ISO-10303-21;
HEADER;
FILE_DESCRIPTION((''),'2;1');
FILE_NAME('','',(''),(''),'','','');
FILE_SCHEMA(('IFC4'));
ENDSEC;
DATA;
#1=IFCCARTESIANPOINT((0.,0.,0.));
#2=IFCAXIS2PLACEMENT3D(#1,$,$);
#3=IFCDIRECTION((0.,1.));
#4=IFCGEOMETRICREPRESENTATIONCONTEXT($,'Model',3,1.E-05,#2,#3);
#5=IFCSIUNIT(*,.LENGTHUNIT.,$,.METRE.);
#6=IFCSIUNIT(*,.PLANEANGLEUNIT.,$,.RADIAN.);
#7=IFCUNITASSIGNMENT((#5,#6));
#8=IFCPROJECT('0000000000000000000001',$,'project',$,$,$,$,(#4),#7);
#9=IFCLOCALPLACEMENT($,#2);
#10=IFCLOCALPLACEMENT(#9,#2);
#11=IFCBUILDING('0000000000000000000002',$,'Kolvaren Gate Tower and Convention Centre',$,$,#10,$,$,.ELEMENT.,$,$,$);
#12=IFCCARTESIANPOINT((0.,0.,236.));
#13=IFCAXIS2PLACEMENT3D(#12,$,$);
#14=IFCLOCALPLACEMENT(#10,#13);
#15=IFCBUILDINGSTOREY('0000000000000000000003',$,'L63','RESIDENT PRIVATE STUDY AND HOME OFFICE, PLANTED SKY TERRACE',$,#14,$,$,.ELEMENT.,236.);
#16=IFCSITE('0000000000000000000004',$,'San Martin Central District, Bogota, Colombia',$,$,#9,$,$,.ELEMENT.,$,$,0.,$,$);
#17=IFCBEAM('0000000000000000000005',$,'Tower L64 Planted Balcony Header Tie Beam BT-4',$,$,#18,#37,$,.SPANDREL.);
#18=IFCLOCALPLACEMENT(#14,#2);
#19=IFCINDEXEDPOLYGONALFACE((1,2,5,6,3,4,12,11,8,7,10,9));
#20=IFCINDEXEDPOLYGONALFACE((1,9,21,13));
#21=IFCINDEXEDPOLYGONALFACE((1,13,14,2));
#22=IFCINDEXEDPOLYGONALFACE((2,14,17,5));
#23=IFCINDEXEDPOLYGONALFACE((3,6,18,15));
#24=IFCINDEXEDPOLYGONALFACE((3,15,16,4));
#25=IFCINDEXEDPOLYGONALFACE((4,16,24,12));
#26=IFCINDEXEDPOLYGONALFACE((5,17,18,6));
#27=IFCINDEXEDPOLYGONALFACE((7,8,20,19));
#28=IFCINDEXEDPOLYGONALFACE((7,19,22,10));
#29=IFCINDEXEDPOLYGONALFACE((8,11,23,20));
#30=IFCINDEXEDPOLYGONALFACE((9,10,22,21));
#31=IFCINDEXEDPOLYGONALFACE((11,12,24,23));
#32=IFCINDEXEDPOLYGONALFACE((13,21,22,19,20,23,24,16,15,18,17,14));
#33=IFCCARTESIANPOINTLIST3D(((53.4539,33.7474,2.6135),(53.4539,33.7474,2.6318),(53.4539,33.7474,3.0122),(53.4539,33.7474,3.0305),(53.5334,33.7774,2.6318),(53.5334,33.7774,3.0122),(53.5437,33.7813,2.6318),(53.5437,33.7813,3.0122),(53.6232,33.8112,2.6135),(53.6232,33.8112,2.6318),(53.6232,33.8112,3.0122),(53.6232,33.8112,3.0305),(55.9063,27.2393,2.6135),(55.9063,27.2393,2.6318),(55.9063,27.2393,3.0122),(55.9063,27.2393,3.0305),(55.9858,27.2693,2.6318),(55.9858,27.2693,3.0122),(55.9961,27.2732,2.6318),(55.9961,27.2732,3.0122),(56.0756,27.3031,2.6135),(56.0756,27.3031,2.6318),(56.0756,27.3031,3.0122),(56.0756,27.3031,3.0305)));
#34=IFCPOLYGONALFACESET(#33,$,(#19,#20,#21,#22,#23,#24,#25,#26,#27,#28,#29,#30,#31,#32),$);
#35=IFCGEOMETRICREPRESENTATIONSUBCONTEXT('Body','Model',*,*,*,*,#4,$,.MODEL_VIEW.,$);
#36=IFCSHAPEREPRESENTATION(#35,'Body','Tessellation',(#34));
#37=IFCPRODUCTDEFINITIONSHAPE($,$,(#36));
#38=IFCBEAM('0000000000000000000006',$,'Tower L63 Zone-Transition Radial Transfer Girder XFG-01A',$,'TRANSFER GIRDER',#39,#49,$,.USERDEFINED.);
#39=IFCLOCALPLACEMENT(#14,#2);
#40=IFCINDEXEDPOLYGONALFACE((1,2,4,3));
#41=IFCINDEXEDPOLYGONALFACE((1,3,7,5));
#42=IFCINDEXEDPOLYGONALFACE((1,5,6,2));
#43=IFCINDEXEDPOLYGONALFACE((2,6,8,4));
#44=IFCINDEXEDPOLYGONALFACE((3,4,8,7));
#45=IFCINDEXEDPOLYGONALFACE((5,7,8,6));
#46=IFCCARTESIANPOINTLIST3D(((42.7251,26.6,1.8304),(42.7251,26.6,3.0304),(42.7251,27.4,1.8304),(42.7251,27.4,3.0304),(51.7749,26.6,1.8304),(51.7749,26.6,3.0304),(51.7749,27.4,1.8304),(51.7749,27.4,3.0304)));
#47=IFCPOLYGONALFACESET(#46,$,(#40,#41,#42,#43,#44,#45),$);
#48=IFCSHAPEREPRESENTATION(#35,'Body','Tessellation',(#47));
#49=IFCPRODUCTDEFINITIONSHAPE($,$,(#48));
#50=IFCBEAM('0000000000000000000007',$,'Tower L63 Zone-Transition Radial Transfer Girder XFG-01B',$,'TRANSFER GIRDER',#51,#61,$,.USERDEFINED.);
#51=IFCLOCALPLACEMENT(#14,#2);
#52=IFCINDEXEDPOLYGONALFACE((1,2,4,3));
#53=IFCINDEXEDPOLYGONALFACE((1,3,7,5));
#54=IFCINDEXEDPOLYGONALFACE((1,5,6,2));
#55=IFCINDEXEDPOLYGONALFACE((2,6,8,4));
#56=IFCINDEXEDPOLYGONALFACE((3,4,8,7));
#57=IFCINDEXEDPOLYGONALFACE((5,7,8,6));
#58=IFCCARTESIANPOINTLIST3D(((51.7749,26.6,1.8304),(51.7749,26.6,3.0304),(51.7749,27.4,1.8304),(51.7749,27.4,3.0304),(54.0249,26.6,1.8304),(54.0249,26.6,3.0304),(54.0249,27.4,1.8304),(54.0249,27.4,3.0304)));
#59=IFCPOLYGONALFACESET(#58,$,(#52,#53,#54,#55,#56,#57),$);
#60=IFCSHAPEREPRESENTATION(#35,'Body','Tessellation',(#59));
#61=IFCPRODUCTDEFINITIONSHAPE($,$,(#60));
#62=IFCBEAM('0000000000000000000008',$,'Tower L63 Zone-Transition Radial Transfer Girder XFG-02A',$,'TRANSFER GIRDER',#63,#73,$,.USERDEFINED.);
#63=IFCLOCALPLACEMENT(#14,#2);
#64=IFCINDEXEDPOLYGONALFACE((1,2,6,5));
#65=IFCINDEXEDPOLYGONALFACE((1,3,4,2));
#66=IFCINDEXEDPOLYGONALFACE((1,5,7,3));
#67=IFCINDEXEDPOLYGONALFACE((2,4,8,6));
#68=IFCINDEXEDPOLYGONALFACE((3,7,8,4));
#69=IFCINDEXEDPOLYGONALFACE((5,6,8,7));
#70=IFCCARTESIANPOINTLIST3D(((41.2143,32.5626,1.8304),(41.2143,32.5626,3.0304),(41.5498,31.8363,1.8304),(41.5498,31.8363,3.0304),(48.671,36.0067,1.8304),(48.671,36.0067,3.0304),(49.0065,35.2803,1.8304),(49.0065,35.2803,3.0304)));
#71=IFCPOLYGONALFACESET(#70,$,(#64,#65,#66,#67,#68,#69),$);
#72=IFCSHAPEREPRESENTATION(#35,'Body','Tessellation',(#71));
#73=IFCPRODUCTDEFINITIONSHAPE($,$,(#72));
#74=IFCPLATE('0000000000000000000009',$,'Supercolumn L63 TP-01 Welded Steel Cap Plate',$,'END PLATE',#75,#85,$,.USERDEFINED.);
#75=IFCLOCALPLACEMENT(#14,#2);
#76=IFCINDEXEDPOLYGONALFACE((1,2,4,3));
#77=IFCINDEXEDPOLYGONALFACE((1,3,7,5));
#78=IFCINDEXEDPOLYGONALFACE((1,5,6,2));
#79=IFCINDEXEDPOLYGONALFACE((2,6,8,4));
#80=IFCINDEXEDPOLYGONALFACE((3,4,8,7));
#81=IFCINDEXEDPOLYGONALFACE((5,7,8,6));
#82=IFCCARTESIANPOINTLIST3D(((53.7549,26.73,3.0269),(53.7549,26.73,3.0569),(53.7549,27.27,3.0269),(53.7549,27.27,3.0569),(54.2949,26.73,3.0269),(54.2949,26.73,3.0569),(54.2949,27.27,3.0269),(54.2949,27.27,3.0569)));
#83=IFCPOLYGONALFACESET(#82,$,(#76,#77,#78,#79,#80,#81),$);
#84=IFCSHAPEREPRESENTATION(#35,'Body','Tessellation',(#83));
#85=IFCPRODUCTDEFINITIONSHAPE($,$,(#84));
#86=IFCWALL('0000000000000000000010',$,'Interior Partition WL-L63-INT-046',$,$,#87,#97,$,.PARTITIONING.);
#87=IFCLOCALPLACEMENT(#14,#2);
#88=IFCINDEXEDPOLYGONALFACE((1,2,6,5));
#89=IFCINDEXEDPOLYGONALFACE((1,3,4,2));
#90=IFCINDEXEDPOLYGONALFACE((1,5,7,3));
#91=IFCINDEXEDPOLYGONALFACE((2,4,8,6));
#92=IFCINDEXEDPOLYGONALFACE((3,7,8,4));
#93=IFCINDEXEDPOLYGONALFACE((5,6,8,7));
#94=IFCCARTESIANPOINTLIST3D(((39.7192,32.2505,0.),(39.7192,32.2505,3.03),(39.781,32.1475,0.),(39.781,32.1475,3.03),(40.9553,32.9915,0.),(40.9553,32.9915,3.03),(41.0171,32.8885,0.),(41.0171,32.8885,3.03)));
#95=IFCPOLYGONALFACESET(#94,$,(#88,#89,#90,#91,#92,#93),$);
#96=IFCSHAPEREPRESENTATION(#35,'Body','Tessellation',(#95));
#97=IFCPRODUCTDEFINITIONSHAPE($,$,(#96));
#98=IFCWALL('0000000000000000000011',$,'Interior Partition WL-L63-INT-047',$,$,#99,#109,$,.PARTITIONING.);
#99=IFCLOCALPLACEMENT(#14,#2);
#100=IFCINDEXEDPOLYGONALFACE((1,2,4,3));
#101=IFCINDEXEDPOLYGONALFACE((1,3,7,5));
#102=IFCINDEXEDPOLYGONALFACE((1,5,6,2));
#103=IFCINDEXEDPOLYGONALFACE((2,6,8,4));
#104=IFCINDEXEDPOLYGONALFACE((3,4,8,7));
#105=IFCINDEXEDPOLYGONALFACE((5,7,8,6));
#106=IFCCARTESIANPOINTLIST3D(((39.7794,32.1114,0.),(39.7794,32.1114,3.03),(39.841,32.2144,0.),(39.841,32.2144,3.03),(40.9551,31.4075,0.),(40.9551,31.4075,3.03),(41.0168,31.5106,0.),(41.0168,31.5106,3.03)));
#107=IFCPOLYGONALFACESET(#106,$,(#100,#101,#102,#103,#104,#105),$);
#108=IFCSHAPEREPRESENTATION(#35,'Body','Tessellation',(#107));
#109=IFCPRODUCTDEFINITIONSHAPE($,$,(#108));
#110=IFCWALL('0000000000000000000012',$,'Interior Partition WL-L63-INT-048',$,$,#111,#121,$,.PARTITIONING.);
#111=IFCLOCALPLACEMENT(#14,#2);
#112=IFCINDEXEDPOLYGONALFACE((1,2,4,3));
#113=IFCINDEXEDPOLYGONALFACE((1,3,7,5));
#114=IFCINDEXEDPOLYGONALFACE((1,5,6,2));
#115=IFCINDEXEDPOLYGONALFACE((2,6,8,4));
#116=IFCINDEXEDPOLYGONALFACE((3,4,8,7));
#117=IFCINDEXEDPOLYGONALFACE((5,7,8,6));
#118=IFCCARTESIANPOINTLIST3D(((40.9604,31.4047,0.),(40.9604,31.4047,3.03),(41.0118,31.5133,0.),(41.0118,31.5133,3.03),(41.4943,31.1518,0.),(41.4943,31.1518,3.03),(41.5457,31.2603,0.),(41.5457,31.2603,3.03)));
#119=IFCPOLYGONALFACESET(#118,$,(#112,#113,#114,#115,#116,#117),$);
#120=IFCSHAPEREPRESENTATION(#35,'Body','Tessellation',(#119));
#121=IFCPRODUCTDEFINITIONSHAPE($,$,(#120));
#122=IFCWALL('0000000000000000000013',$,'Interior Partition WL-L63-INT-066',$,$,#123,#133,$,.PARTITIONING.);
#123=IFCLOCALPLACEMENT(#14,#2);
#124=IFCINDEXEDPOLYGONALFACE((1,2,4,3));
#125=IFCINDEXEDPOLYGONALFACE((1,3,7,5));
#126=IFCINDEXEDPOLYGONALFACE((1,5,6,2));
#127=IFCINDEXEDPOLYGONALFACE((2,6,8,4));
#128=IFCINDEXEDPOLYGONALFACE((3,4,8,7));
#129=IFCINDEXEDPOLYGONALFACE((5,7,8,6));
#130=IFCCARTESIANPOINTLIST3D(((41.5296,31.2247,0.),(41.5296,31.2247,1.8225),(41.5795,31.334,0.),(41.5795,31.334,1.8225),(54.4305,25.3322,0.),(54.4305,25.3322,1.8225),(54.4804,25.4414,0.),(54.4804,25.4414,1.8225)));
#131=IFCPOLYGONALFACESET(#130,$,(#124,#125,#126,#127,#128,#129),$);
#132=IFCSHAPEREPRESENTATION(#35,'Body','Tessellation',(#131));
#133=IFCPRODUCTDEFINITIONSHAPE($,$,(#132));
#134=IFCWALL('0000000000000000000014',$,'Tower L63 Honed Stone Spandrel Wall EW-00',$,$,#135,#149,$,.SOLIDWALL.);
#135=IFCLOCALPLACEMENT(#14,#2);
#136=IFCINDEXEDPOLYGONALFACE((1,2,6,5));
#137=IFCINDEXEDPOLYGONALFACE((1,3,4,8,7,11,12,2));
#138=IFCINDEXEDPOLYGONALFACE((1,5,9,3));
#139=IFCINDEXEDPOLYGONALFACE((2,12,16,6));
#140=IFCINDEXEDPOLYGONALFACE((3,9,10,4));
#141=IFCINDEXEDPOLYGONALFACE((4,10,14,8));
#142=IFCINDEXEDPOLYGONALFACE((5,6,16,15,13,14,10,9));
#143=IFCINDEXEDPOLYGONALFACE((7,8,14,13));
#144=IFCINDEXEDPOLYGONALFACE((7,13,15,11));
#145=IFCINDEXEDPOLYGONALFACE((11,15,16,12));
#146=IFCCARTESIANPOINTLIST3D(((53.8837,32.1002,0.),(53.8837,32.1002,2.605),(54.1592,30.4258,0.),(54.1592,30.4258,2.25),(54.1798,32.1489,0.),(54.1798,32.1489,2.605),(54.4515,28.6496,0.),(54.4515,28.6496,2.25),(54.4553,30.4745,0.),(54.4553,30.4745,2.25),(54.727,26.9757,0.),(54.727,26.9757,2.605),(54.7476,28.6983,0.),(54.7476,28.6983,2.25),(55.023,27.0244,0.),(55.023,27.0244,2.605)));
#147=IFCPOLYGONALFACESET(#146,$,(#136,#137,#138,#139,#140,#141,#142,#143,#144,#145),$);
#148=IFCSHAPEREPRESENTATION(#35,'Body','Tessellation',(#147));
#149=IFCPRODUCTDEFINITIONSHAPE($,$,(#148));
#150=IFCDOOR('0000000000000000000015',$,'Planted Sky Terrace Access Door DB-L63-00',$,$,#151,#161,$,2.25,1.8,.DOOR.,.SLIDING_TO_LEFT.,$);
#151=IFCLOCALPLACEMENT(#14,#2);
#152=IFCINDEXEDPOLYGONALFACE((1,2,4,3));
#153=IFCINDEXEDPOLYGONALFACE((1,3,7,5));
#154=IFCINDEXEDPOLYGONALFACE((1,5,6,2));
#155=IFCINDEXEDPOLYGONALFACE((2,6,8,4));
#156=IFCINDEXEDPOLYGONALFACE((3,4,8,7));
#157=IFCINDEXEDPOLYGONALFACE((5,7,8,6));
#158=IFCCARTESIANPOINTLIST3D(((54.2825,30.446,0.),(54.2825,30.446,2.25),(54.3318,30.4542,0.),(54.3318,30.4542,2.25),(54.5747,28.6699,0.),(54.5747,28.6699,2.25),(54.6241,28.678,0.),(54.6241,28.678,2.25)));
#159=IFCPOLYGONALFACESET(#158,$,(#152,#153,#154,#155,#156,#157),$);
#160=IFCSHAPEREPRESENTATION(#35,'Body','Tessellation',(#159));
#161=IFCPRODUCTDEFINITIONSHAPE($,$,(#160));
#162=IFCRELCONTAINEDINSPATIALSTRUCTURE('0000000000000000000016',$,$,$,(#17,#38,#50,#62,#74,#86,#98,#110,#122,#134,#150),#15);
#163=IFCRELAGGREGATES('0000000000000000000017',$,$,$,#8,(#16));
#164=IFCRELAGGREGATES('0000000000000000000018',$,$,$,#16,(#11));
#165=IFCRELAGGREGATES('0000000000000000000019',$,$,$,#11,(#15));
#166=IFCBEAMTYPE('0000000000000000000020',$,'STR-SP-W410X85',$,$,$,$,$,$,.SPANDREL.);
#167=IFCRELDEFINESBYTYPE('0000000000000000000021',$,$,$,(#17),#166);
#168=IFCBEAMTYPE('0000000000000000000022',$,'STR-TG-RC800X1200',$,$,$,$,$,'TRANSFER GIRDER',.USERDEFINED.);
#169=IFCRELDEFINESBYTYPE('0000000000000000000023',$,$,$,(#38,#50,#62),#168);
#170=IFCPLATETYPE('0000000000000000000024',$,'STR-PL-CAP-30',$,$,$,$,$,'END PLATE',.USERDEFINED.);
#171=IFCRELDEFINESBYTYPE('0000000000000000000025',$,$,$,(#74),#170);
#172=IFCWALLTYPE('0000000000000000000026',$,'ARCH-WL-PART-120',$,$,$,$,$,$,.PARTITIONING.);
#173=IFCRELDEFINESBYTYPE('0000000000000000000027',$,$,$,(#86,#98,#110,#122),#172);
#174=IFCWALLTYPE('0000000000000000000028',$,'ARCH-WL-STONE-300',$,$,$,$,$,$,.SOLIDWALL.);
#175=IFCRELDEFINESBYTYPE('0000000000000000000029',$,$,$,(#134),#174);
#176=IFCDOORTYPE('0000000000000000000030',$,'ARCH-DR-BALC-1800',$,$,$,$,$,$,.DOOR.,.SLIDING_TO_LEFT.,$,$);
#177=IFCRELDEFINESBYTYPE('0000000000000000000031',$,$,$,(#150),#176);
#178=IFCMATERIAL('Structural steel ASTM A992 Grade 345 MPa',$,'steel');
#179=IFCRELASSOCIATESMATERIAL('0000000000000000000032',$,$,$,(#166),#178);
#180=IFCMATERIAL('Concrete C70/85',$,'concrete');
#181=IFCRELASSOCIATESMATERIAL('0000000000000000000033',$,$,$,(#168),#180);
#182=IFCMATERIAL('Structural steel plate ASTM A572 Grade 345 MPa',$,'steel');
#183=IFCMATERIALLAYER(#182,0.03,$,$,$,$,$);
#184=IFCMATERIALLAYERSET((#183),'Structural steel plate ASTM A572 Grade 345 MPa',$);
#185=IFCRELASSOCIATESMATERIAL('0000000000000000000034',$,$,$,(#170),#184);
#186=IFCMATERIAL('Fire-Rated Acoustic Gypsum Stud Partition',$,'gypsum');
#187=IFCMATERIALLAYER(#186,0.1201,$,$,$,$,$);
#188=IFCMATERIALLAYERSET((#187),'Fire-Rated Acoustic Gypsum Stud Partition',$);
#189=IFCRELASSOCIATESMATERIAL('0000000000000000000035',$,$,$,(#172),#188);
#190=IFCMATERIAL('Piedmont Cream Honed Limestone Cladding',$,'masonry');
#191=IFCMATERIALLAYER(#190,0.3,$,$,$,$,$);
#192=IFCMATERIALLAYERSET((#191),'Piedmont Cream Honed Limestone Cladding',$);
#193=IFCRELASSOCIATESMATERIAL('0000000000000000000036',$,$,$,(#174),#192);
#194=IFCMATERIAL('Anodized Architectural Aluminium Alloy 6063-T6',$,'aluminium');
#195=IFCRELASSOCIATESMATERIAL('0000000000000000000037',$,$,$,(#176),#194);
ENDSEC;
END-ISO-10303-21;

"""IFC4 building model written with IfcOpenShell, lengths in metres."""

from ifc_helpers import new_model, si_unit, direction, frame, frame_2d, origin, origin_2d, place, context, subcontext, project, spatial, rectangle, i_section, extrude, material, layer, layer_set, material_profile, profile_set, type_object, element, fill, save


model = new_model("IFC4")

# Units and contexts
model_context = context("Model", 3, precision=1e-05, world=origin(), true_north=direction((0.0, 1.0)))
body_context = subcontext(model_context, "Body", "Model", "MODEL_VIEW")
ifc_project = project(units=[si_unit("LENGTHUNIT", "METRE"), si_unit("PLANEANGLEUNIT", "RADIAN")], contexts=[model_context])

# Site, building, storey
site_placement = place(None, origin())
site = spatial("IfcSite", under=ifc_project, at=site_placement, Name="San Martin Central District, Bogota, Colombia", CompositionType="ELEMENT", RefElevation=0.0)
building_placement = place(site_placement, origin())
building = spatial("IfcBuilding", under=site, at=building_placement, Name="Kolvaren Gate Tower and Convention Centre", CompositionType="ELEMENT")
storey_placement = place(building_placement, frame((0.0, 0.0, 236.0)))
storey = spatial("IfcBuildingStorey", under=building, at=storey_placement, Name="L63", Description="RESIDENT PRIVATE STUDY AND HOME OFFICE, PLANTED SKY TERRACE", CompositionType="ELEMENT", Elevation=236.0)

# Beams
ifc_material_1 = material(Name="Structural steel ASTM A992 Grade 345 MPa", Category="steel")
ifc_material_profile_1 = material_profile(ifc_material_1, i_section(OverallWidth=0.1809, OverallDepth=0.417, WebThickness=0.011, FlangeThickness=0.0183, at=origin_2d()), Name="W410X85")
ifc_profile_set_1 = profile_set([ifc_material_profile_1], Name="Structural steel ASTM A992 Grade 345 MPa")
beam_type_1 = type_object("IfcBeamType", Name="STR-SP-W410X85", PredefinedType="SPANDREL", material=ifc_profile_set_1)
beam_1_placement = place(storey_placement, frame((55.991, 27.2712, 2.822), z_axis=(-0.352619, 0.935767, 0.0), x_axis=(-0.935767, -0.352619, 0.0)))
element("IfcBeam", 1, at=beam_1_placement, inside=storey, type_object=beam_type_1, Name="Tower L64 Planted Balcony Header Tie Beam BT-4", PredefinedType="SPANDREL", context=body_context, shape_type="SweptSolid", body=[
    extrude(i_section(OverallWidth=0.1809, OverallDepth=0.417, WebThickness=0.011, FlangeThickness=0.0183, at=origin_2d()), origin(), (0.0, 0.0, 1.0), 6.9548),
])
ifc_material_2 = material(Name="Concrete C70/85", Category="concrete")
ifc_material_profile_2 = material_profile(ifc_material_2, rectangle(XDim=0.8, YDim=1.2, at=origin_2d()), Name="RC-BM-800X1200")
ifc_profile_set_2 = profile_set([ifc_material_profile_2], Name="Concrete C70/85")
beam_type_2 = type_object("IfcBeamType", Name="STR-TG-RC800X1200", ElementType="TRANSFER GIRDER", PredefinedType="USERDEFINED", material=ifc_profile_set_2)
beam_2_placement = place(storey_placement, frame((42.7251, 27.0, 2.4304), z_axis=(1.0, 0.0, 0.0), x_axis=(0.0, 1.0, 0.0)))
element("IfcBeam", 2, at=beam_2_placement, inside=storey, type_object=beam_type_2, Name="Tower L63 Zone-Transition Radial Transfer Girder XFG-01A", ObjectType="TRANSFER GIRDER", PredefinedType="USERDEFINED", context=body_context, shape_type="SweptSolid", body=[
    extrude(rectangle(XDim=0.8, YDim=1.2, at=origin_2d()), origin(), (0.0, 0.0, 1.0), 9.0498),
])
beam_3_placement = place(storey_placement, frame((51.7749, 27.0, 2.4304), z_axis=(1.0, 0.0, 0.0), x_axis=(0.0, 1.0, 0.0)))
element("IfcBeam", 3, at=beam_3_placement, inside=storey, type_object=beam_type_2, Name="Tower L63 Zone-Transition Radial Transfer Girder XFG-01B", ObjectType="TRANSFER GIRDER", PredefinedType="USERDEFINED", context=body_context, shape_type="SweptSolid", body=[
    extrude(rectangle(XDim=0.8, YDim=1.2, at=origin_2d()), origin(), (0.0, 0.0, 1.0), 2.25),
])
beam_4_placement = place(storey_placement, frame((41.3821, 32.1995, 2.4304), z_axis=(0.907844, 0.419309, 0.0), x_axis=(-0.419309, 0.907844, 0.0)))
element("IfcBeam", 4, at=beam_4_placement, inside=storey, type_object=beam_type_2, Name="Tower L63 Zone-Transition Radial Transfer Girder XFG-02A", ObjectType="TRANSFER GIRDER", PredefinedType="USERDEFINED", context=body_context, shape_type="SweptSolid", body=[
    extrude(rectangle(XDim=0.8, YDim=1.2, at=origin_2d()), origin(), (0.0, 0.0, 1.0), 8.2136),
])

# Plate
ifc_material_3 = material(Name="Structural steel plate ASTM A572 Grade 345 MPa", Category="steel")
ifc_layer_1 = layer(ifc_material_3, 0.03)
ifc_layer_set_1 = layer_set([ifc_layer_1], Name="Structural steel plate ASTM A572 Grade 345 MPa")
plate_type = type_object("IfcPlateType", Name="STR-PL-CAP-30", ElementType="END PLATE", PredefinedType="USERDEFINED", material=ifc_layer_set_1)
plate_placement = place(storey_placement, frame((54.0249, 27.0, 3.0269), z_axis=(0.0, 0.0, 1.0), x_axis=(1.0, 0.0, 0.0)))
element("IfcPlate", 5, at=plate_placement, inside=storey, type_object=plate_type, Name="Supercolumn L63 TP-01 Welded Steel Cap Plate", ObjectType="END PLATE", PredefinedType="USERDEFINED", context=body_context, shape_type="SweptSolid", body=[
    extrude(rectangle(XDim=0.54, YDim=0.54, at=origin_2d()), origin(), (0.0, 0.0, 1.0), 0.03),
])

# Walls
ifc_material_4 = material(Name="Fire-Rated Acoustic Gypsum Stud Partition", Category="gypsum")
ifc_layer_2 = layer(ifc_material_4, 0.1201)
ifc_layer_set_2 = layer_set([ifc_layer_2], Name="Fire-Rated Acoustic Gypsum Stud Partition")
wall_type_1 = type_object("IfcWallType", Name="ARCH-WL-PART-120", PredefinedType="PARTITIONING", material=ifc_layer_set_2)
wall_1_placement = place(storey_placement, frame((39.75, 32.199, 0.0), z_axis=(0.0, 0.0, 1.0), x_axis=(0.857702, 0.514147, 0.0)))
element("IfcWall", 6, at=wall_1_placement, inside=storey, type_object=wall_type_1, Name="Interior Partition WL-L63-INT-046", PredefinedType="PARTITIONING", context=body_context, shape_type="SweptSolid", body=[
    extrude(rectangle(XDim=1.4412, YDim=0.1201, at=frame_2d((0.7207, 0.0))), origin(), (0.0, 0.0, 1.0), 3.03),
])
wall_2_placement = place(storey_placement, frame((39.8103, 32.1628, 0.0), z_axis=(0.0, 0.0, 1.0), x_axis=(0.858011, -0.513631, 0.0)))
element("IfcWall", 7, at=wall_2_placement, inside=storey, type_object=wall_type_1, Name="Interior Partition WL-L63-INT-047", PredefinedType="PARTITIONING", context=body_context, shape_type="SweptSolid", body=[
    extrude(rectangle(XDim=1.3704, YDim=0.1201, at=frame_2d((0.6851, 0.0))), origin(), (0.0, 0.0, 1.0), 3.03),
])
wall_3_placement = place(storey_placement, frame((40.9861, 31.459, 0.0), z_axis=(0.0, 0.0, 1.0), x_axis=(0.903729, -0.428104, 0.0)))
element("IfcWall", 8, at=wall_3_placement, inside=storey, type_object=wall_type_1, Name="Interior Partition WL-L63-INT-048", PredefinedType="PARTITIONING", context=body_context, shape_type="SweptSolid", body=[
    extrude(rectangle(XDim=0.5908, YDim=0.1201, at=frame_2d((0.2954, 0.0))), origin(), (0.0, 0.0, 1.0), 3.03),
])
wall_4_placement = place(storey_placement, frame((41.5547, 31.2793, 0.0), z_axis=(0.0, 0.0, 1.0), x_axis=(0.909607, -0.41547, 0.0)))
element("IfcWall", 9, at=wall_4_placement, inside=storey, type_object=wall_type_1, Name="Interior Partition WL-L63-INT-066", PredefinedType="PARTITIONING", context=body_context, shape_type="SweptSolid", body=[
    extrude(rectangle(XDim=14.1829, YDim=0.1201, at=frame_2d((7.0913, 0.0))), origin(), (0.0, 0.0, 1.0), 1.8225),
])

# Wall, opening, door
ifc_material_5 = material(Name="Piedmont Cream Honed Limestone Cladding", Category="masonry")
ifc_layer_3 = layer(ifc_material_5, 0.3)
ifc_layer_set_3 = layer_set([ifc_layer_3], Name="Piedmont Cream Honed Limestone Cladding")
wall_type_2 = type_object("IfcWallType", Name="ARCH-WL-STONE-300", PredefinedType="SOLIDWALL", material=ifc_layer_set_3)
wall_5_placement = place(storey_placement, frame((54.0317, 32.1245, 0.0), z_axis=(0.0, 0.0, 1.0), x_axis=(0.162371, -0.98673, 0.0)))
wall_5 = element("IfcWall", 10, at=wall_5_placement, inside=storey, type_object=wall_type_2, Name="Tower L63 Honed Stone Spandrel Wall EW-00", PredefinedType="SOLIDWALL", context=body_context, shape_type="SweptSolid", body=[
    extrude(rectangle(XDim=5.1934, YDim=0.3, at=frame_2d((2.5967, 0.0))), origin(), (0.0, 0.0, 1.0), 2.605),
])
opening_placement = place(wall_5_placement, frame((1.697, 0.0, 0.0)))
opening = element("IfcOpeningElement", 11, at=opening_placement, cuts=wall_5, PredefinedType="OPENING", context=body_context, shape_type="SweptSolid", body=[
    extrude(rectangle(XDim=1.8, YDim=2.25, at=frame_2d((0.8999, 1.125))), frame((0.0, 0.1599, 0.0), z_axis=(0.0, -1.0, 0.0), x_axis=(1.0, 0.0, 0.0)), (0.0, 0.0, 1.0), 0.3201),
])
ifc_material_6 = material(Name="Anodized Architectural Aluminium Alloy 6063-T6", Category="aluminium")
door_type = type_object("IfcDoorType", Name="ARCH-DR-BALC-1800", OperationType="SLIDING_TO_LEFT", PredefinedType="DOOR", material=ifc_material_6)
door_placement = place(opening_placement, origin())
door = element("IfcDoor", 12, at=door_placement, inside=storey, type_object=door_type, Name="Planted Sky Terrace Access Door DB-L63-00", OperationType="SLIDING_TO_LEFT", OverallHeight=2.25, OverallWidth=1.8, PredefinedType="DOOR", context=body_context, shape_type="SweptSolid", body=[
    extrude(rectangle(XDim=1.8, YDim=2.25, at=frame_2d((0.8999, 1.125))), frame((0.0, 0.0249, 0.0), z_axis=(0.0, -1.0, 0.0), x_axis=(1.0, 0.0, 0.0)), (0.0, 0.0, 1.0), 0.05),
])
fill(opening, door)

save(model, "model.ifc")
